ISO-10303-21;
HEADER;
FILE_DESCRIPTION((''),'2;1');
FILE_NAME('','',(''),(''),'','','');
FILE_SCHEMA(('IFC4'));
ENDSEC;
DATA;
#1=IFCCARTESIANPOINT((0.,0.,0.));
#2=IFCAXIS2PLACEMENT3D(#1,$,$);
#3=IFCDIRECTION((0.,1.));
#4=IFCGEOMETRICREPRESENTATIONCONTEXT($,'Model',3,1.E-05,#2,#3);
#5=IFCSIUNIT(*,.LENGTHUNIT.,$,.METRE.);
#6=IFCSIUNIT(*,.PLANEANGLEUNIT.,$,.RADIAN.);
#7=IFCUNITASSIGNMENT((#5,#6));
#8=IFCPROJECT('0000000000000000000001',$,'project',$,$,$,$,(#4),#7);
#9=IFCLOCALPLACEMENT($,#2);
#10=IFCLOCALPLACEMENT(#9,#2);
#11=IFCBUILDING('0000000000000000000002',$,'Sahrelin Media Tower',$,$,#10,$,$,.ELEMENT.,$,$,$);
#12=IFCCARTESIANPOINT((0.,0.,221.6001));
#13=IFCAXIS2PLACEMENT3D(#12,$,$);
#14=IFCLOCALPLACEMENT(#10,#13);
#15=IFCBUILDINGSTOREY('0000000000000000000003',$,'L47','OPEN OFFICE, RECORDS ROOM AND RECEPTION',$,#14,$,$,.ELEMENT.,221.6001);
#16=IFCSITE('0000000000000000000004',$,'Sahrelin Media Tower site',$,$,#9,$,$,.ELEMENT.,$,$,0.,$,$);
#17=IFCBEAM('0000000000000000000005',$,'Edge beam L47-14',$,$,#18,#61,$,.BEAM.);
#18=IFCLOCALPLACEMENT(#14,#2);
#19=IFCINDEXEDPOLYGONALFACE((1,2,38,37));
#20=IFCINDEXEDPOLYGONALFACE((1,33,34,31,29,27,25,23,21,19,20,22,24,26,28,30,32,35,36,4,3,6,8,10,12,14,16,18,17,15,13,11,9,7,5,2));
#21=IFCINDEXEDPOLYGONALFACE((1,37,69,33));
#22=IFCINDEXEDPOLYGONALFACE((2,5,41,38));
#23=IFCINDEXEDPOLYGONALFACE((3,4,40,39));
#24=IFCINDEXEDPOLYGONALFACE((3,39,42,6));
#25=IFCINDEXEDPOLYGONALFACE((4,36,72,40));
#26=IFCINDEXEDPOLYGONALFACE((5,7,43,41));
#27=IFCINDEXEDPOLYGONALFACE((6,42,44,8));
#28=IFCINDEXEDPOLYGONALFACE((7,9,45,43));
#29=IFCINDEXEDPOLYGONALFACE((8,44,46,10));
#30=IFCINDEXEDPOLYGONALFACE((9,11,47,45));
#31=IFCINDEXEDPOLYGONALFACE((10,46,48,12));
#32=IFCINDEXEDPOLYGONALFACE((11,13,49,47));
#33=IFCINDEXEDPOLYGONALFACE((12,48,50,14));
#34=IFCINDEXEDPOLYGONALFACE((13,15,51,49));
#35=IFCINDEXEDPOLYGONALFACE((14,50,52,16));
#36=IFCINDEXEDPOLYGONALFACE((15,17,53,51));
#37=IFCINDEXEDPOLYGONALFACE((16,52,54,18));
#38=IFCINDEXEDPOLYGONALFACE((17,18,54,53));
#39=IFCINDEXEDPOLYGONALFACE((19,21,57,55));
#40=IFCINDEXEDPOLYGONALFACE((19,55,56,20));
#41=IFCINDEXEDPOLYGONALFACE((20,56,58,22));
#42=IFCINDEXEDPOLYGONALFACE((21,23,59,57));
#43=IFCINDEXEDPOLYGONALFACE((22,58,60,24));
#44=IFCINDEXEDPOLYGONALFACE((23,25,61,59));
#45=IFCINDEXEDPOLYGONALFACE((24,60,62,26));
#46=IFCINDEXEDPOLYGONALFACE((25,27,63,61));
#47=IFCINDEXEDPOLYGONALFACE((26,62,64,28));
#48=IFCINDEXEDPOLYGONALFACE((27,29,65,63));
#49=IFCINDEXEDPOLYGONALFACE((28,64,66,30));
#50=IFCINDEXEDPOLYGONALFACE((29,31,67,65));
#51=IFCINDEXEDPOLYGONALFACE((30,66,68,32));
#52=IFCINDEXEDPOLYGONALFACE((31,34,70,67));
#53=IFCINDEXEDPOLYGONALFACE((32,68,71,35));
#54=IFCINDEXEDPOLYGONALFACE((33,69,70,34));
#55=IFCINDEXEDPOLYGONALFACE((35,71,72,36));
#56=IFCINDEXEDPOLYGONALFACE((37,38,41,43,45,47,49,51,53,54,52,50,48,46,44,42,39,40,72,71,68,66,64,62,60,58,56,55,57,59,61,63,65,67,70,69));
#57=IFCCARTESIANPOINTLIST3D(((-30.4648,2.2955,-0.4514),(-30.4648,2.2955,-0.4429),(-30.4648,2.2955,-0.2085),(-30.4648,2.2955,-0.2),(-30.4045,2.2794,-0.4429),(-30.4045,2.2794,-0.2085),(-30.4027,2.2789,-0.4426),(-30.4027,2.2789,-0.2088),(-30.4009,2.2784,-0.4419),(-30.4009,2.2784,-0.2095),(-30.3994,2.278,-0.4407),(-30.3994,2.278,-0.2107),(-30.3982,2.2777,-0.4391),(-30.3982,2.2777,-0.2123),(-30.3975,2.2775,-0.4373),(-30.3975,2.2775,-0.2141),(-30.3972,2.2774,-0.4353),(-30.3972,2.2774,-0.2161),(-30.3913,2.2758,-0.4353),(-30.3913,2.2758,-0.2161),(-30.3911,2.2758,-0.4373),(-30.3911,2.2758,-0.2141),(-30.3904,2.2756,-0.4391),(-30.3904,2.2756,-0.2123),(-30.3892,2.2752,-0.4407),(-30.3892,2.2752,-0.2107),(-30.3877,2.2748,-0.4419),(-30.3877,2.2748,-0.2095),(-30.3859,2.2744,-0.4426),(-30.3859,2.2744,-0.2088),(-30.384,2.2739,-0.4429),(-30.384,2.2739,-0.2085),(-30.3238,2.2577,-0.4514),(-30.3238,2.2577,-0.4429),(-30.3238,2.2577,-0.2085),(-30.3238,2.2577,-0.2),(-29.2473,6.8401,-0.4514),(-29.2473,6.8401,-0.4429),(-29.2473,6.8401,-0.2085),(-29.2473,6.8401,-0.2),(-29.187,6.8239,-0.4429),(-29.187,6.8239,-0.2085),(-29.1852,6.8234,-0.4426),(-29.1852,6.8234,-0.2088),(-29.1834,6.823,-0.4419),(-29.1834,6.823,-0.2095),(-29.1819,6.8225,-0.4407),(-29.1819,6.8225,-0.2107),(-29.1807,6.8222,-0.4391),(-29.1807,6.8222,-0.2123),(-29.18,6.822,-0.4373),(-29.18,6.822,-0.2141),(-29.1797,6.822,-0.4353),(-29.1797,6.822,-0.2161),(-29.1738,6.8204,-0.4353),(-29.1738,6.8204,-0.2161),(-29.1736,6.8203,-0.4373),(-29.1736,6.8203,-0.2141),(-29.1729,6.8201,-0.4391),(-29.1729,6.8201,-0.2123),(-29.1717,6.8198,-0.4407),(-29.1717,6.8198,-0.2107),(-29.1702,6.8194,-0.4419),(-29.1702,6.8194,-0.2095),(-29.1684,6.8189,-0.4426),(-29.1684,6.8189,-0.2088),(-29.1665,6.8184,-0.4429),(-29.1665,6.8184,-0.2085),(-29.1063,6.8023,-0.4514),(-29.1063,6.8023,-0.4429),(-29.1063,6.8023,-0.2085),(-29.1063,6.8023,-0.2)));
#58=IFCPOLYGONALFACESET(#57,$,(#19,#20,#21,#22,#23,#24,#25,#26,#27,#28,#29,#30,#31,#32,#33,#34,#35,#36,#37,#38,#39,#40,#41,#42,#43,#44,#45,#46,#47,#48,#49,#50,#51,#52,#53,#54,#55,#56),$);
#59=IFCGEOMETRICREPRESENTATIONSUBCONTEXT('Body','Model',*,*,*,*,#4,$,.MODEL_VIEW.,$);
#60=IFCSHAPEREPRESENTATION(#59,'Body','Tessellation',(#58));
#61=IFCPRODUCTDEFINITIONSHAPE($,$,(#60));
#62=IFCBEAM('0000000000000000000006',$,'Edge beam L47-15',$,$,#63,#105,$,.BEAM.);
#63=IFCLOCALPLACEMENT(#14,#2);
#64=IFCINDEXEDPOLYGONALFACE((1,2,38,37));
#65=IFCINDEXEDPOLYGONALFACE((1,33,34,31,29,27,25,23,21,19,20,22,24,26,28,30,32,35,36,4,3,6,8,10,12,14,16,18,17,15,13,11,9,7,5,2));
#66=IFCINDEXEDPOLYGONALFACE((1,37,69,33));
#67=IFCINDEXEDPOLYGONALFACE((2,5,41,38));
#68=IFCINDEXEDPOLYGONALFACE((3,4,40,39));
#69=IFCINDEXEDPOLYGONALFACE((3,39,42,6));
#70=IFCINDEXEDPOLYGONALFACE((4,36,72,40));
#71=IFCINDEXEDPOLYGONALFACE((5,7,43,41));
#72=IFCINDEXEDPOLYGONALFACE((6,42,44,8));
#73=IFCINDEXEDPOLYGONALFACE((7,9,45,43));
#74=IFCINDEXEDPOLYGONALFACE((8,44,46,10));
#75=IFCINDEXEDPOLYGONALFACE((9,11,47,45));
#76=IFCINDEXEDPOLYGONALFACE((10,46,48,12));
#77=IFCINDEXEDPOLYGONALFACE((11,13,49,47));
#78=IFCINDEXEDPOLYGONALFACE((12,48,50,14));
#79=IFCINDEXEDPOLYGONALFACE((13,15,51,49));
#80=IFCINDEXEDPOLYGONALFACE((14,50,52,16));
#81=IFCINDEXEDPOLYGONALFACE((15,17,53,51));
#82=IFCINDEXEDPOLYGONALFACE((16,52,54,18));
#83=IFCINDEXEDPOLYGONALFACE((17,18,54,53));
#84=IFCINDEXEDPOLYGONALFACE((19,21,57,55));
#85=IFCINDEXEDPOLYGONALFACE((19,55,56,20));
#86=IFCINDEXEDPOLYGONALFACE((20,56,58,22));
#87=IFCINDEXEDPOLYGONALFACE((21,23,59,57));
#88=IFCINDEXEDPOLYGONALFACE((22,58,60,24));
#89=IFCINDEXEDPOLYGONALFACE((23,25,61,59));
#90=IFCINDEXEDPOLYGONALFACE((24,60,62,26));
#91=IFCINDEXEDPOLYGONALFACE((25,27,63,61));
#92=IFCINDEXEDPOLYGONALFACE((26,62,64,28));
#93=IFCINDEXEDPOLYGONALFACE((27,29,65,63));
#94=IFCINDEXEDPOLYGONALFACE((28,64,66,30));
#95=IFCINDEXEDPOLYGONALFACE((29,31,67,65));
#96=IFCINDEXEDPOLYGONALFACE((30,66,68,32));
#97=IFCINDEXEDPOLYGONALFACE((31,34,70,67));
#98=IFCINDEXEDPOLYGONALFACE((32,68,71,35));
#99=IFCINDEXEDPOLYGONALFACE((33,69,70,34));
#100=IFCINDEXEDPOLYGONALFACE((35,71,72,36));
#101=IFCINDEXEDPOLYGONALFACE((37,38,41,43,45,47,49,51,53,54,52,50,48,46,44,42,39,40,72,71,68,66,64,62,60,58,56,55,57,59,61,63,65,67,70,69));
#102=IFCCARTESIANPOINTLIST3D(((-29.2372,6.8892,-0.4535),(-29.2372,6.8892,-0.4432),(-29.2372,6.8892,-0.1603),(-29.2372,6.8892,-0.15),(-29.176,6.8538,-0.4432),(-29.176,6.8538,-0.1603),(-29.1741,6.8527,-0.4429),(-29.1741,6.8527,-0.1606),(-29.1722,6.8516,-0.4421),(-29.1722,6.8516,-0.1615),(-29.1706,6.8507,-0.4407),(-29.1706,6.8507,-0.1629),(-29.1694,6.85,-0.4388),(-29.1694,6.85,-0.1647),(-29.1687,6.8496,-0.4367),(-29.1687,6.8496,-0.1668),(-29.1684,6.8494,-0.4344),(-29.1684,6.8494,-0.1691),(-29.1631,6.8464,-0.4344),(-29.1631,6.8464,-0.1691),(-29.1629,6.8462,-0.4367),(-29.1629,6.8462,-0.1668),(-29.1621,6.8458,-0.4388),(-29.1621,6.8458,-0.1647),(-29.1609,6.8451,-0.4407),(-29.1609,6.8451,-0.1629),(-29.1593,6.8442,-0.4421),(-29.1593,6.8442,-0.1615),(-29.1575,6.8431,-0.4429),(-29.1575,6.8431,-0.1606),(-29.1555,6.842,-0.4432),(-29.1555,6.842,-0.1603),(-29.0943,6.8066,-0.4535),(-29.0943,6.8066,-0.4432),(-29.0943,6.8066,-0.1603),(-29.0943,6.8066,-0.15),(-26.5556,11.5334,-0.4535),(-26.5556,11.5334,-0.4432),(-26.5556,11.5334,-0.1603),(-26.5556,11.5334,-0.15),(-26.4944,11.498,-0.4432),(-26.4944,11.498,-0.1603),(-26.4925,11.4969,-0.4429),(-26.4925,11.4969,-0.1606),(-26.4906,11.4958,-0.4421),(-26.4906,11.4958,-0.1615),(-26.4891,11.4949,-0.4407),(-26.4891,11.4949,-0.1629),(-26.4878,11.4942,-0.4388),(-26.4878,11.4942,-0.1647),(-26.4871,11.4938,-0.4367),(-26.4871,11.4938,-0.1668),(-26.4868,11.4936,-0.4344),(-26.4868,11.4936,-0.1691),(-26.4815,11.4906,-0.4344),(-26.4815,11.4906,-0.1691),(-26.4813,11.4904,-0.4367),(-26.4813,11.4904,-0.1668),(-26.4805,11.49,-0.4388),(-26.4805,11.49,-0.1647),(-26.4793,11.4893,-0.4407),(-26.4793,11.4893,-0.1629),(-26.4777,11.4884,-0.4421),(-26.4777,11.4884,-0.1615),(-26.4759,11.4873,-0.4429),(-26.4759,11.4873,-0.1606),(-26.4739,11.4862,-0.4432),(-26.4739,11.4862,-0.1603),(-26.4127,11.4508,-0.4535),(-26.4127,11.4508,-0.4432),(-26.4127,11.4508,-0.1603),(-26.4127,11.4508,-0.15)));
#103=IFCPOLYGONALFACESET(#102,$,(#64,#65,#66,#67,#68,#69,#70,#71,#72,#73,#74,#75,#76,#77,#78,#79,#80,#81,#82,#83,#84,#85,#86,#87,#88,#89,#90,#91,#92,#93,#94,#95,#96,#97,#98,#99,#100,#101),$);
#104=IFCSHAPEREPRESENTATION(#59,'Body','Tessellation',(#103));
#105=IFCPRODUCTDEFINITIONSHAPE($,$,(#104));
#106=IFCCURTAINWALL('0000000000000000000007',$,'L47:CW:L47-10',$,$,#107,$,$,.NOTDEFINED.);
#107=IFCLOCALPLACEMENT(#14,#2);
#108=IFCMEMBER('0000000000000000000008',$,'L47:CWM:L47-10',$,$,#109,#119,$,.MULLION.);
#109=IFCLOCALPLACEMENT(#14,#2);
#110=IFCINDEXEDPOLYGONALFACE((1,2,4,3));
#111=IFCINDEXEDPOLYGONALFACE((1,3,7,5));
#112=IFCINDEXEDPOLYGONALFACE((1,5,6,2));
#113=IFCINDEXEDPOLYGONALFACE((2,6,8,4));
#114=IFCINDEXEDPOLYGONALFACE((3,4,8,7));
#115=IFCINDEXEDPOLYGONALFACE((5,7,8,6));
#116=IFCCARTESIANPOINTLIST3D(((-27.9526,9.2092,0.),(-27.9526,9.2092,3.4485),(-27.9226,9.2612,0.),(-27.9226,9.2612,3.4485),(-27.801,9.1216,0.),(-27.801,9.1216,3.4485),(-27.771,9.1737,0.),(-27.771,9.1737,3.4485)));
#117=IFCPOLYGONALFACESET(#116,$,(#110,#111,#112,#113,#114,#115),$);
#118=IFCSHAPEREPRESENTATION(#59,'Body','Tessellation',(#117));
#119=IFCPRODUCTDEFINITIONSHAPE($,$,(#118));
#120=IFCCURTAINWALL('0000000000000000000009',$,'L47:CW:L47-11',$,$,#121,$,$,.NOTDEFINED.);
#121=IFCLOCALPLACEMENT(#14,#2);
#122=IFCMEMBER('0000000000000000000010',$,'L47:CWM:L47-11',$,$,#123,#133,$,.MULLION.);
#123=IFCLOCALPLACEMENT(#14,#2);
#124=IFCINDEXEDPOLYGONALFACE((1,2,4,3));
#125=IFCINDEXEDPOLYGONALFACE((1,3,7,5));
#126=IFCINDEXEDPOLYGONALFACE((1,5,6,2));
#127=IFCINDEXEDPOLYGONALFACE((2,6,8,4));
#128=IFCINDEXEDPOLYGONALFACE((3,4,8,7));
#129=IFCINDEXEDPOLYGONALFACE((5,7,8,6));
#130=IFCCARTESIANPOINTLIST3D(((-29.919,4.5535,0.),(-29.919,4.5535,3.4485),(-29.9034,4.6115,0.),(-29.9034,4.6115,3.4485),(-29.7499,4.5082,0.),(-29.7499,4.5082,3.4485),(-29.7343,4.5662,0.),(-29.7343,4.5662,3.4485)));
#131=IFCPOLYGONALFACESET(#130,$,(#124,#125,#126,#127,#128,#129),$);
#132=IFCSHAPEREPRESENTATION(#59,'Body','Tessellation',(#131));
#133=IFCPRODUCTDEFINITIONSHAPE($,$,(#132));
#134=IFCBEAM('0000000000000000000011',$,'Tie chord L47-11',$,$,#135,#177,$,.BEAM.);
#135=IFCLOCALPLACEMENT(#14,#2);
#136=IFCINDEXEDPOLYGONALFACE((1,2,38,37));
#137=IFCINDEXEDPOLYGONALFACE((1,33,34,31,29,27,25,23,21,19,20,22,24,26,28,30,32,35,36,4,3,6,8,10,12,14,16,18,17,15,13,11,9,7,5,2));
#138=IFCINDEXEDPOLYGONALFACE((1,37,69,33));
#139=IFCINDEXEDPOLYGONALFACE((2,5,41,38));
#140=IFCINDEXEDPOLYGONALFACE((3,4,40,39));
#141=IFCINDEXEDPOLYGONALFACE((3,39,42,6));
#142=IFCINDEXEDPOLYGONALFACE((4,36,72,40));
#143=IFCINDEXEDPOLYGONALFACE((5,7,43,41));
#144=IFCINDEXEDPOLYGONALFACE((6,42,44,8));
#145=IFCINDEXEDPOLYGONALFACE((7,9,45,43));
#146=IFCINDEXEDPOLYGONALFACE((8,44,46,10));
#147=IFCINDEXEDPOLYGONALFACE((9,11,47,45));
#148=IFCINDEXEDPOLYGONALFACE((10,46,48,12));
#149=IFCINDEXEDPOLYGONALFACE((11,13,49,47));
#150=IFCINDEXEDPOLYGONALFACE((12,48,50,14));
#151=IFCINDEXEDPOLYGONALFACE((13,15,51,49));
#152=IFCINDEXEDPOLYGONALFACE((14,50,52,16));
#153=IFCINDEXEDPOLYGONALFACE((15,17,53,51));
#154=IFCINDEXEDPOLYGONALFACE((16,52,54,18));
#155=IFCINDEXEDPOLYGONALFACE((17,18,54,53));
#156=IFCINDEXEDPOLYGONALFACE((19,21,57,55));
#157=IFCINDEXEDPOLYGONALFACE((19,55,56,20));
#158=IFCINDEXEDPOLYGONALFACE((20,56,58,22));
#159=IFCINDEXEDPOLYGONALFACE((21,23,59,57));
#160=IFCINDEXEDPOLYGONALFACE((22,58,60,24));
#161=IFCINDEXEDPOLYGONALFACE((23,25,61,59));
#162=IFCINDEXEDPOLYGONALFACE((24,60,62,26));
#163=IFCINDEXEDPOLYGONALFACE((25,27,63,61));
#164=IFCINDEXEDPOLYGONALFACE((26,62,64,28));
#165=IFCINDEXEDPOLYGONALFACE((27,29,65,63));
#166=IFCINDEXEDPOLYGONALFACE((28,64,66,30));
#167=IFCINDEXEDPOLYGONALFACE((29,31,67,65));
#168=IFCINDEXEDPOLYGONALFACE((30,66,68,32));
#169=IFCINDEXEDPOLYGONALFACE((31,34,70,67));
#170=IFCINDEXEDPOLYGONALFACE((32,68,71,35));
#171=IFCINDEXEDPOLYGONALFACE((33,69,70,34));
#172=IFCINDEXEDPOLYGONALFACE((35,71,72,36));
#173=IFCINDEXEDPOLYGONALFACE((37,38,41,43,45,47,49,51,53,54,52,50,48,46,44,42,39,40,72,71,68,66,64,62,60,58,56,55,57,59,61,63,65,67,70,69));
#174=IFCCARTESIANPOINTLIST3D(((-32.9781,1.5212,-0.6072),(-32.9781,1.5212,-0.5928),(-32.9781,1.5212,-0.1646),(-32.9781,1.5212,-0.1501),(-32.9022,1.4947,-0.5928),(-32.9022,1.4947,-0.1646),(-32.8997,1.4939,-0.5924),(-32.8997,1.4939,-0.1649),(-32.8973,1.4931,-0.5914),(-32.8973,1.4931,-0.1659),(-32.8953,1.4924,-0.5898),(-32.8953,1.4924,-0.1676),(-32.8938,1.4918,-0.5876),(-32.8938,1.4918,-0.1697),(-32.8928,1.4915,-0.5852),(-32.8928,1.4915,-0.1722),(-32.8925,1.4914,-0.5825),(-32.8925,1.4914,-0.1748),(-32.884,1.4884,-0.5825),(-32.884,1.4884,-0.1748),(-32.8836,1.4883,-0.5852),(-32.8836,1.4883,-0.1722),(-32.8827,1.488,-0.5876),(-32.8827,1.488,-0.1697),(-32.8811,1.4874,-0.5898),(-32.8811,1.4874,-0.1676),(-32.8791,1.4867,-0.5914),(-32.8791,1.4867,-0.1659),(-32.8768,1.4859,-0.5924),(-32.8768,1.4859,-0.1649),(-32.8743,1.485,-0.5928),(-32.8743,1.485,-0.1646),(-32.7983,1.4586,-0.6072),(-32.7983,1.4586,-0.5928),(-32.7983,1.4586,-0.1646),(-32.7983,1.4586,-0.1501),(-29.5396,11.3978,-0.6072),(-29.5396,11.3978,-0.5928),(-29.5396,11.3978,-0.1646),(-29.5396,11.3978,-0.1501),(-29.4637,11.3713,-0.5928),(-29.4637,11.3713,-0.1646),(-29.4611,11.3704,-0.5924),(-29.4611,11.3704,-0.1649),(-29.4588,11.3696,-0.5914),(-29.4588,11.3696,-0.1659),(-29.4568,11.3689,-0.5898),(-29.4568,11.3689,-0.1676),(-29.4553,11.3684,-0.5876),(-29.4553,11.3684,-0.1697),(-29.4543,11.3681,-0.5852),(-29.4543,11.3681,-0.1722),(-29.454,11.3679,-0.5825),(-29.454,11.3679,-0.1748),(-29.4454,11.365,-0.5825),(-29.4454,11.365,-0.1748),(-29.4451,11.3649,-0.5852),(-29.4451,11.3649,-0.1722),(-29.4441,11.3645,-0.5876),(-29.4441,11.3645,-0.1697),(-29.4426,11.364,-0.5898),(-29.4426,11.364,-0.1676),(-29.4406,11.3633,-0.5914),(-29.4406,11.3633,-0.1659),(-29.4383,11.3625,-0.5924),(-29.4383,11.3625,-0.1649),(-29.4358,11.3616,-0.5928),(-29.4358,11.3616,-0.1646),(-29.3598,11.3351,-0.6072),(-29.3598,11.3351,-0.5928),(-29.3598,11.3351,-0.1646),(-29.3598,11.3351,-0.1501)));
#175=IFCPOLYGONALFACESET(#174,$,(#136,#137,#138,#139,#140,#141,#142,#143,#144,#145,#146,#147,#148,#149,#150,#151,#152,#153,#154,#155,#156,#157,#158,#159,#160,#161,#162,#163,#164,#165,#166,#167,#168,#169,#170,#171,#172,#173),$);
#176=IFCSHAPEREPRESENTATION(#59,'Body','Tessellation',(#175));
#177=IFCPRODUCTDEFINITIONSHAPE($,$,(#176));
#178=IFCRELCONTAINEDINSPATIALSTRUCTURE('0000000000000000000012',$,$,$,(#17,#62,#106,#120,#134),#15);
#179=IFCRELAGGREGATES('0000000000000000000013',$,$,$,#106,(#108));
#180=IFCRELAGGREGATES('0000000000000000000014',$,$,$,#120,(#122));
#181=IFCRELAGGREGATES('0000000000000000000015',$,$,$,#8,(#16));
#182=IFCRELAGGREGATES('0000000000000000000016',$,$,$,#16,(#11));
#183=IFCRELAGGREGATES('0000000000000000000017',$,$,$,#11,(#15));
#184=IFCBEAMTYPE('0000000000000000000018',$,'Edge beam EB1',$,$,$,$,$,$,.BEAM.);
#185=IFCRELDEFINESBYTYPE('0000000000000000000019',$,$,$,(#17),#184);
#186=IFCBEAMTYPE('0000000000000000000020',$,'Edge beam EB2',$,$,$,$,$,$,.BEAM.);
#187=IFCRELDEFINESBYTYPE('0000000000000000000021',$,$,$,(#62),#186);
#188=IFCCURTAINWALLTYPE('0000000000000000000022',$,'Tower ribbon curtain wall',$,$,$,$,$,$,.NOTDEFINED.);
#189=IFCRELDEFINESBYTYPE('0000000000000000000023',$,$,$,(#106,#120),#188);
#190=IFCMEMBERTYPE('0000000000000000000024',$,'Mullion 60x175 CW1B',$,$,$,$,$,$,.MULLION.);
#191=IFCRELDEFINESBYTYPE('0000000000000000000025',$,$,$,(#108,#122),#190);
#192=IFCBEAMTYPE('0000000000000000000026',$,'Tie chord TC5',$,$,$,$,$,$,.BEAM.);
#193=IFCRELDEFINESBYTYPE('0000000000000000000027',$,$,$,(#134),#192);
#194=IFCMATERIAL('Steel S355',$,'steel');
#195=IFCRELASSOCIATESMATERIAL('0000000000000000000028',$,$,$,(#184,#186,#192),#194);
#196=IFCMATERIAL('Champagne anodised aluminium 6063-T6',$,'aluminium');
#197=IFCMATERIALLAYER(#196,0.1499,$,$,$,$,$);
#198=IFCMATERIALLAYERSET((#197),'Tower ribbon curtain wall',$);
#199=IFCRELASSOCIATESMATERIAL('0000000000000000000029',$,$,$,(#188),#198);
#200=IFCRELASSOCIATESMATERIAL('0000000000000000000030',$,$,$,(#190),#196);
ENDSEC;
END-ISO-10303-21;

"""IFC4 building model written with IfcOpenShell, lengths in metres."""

from ifc_helpers import new_model, si_unit, direction, frame, origin, origin_2d, place, context, subcontext, project, spatial, rectangle, i_section, extrude, material, layer, layer_set, material_profile, profile_set, type_object, element, aggregate, save


model = new_model("IFC4")

# Units and contexts
model_context = context("Model", 3, precision=1e-05, world=origin(), true_north=direction((0.0, 1.0)))
body_context = subcontext(model_context, "Body", "Model", "MODEL_VIEW")
ifc_project = project(units=[si_unit("LENGTHUNIT", "METRE"), si_unit("PLANEANGLEUNIT", "RADIAN")], contexts=[model_context])

# Site, building, storey
site_placement = place(None, origin())
site = spatial("IfcSite", under=ifc_project, at=site_placement, Name="Sahrelin Media Tower site", CompositionType="ELEMENT", RefElevation=0.0)
building_placement = place(site_placement, origin())
building = spatial("IfcBuilding", under=site, at=building_placement, Name="Sahrelin Media Tower", CompositionType="ELEMENT")
storey_placement = place(building_placement, frame((0.0, 0.0, 221.6001)))
storey = spatial("IfcBuildingStorey", under=building, at=storey_placement, Name="L47", Description="OPEN OFFICE, RECORDS ROOM AND RECEPTION", CompositionType="ELEMENT", Elevation=221.6001)

# Beams
ifc_material_1 = material(Name="Steel S355", Category="steel")
ifc_material_profile_1 = material_profile(ifc_material_1, i_section(OverallWidth=0.146, OverallDepth=0.2515, WebThickness=0.0061, FlangeThickness=0.0085, FilletRadius=0.0076, at=origin_2d()), Name="UB 254x146x31")
ifc_profile_set_1 = profile_set([ifc_material_profile_1], Name="Steel S355")
beam_type_1 = type_object("IfcBeamType", Name="Edge beam EB1", PredefinedType="BEAM", material=ifc_profile_set_1)
beam_1_placement = place(storey_placement, frame((-30.3943, 2.2766, -0.3257), z_axis=(0.258777, 0.965937, 0.0), x_axis=(-0.965937, 0.258777, 0.0)))
element("IfcBeam", 1, at=beam_1_placement, inside=storey, type_object=beam_type_1, Name="Edge beam L47-14", PredefinedType="BEAM", context=body_context, shape_type="SweptSolid", body=[
    extrude(i_section(OverallWidth=0.146, OverallDepth=0.2515, WebThickness=0.0061, FlangeThickness=0.0085, FilletRadius=0.0076, at=origin_2d()), origin(), (0.0, 0.0, 1.0), 4.7048),
])
ifc_material_profile_2 = material_profile(ifc_material_1, i_section(OverallWidth=0.165, OverallDepth=0.3035, WebThickness=0.0061, FlangeThickness=0.0103, FilletRadius=0.0088, at=origin_2d()), Name="UB 305x165x40")
ifc_profile_set_2 = profile_set([ifc_material_profile_2], Name="Steel S355")
beam_type_2 = type_object("IfcBeamType", Name="Edge beam EB2", PredefinedType="BEAM", material=ifc_profile_set_2)
beam_2_placement = place(storey_placement, frame((-29.1658, 6.8479, -0.3018), z_axis=(0.500036, 0.866004, 0.0), x_axis=(-0.866004, 0.500036, 0.0)))
element("IfcBeam", 2, at=beam_2_placement, inside=storey, type_object=beam_type_2, Name="Edge beam L47-15", PredefinedType="BEAM", context=body_context, shape_type="SweptSolid", body=[
    extrude(i_section(OverallWidth=0.165, OverallDepth=0.3035, WebThickness=0.0061, FlangeThickness=0.0103, FilletRadius=0.0088, at=origin_2d()), origin(), (0.0, 0.0, 1.0), 5.3628),
])

# Curtain walls, members
ifc_material_2 = material(Name="Champagne anodised aluminium 6063-T6", Category="aluminium")
ifc_layer_1 = layer(ifc_material_2, 0.1499)
ifc_layer_set_1 = layer_set([ifc_layer_1], Name="Tower ribbon curtain wall")
curtain_wall_type = type_object("IfcCurtainWallType", Name="Tower ribbon curtain wall", PredefinedType="NOTDEFINED", material=ifc_layer_set_1)
curtain_wall_1_placement = place(storey_placement, frame((-27.9548, 9.2451, 0.0), z_axis=(0.0, 0.0, 1.0), x_axis=(1.0, 0.0, 0.0)))
curtain_wall_1 = element("IfcCurtainWall", 3, at=curtain_wall_1_placement, inside=storey, type_object=curtain_wall_type, Name="L47:CW:L47-10", PredefinedType="NOTDEFINED")
ifc_material_profile_3 = material_profile(ifc_material_2, rectangle(XDim=0.0601, YDim=0.175, at=origin_2d()), Name="Mullion 60x175")
ifc_profile_set_3 = profile_set([ifc_material_profile_3], Name="Champagne anodised aluminium 6063-T6")
member_type_1 = type_object("IfcMemberType", Name="Mullion 60x175 CW1B", PredefinedType="MULLION", material=ifc_profile_set_3)
member_1_placement = place(storey_placement, frame((-27.8618, 9.1914, 0.0), z_axis=(0.0, 0.0, 1.0), x_axis=(-0.5, -0.866025, 0.0)))
member_1 = element("IfcMember", 4, at=member_1_placement, type_object=member_type_1, Name="L47:CWM:L47-10", PredefinedType="MULLION", context=body_context, shape_type="SweptSolid", body=[
    extrude(rectangle(XDim=0.0601, YDim=0.175, at=origin_2d()), origin(), (0.0, 0.0, 1.0), 3.4485),
])
aggregate(curtain_wall_1, [member_1])
curtain_wall_2_placement = place(storey_placement, frame((-29.9304, 4.5876, 0.0), z_axis=(0.0, 0.0, 1.0), x_axis=(1.0, 0.0, 0.0)))
curtain_wall_2 = element("IfcCurtainWall", 5, at=curtain_wall_2_placement, inside=storey, type_object=curtain_wall_type, Name="L47:CW:L47-11", PredefinedType="NOTDEFINED")
member_2_placement = place(storey_placement, frame((-29.8267, 4.5598, 0.0), z_axis=(0.0, 0.0, 1.0), x_axis=(-0.258822, -0.965925, 0.0)))
member_2 = element("IfcMember", 6, at=member_2_placement, type_object=member_type_1, Name="L47:CWM:L47-11", PredefinedType="MULLION", context=body_context, shape_type="SweptSolid", body=[
    extrude(rectangle(XDim=0.0601, YDim=0.175, at=origin_2d()), origin(), (0.0, 0.0, 1.0), 3.4485),
])

# Beam
ifc_material_profile_4 = material_profile(ifc_material_1, i_section(OverallWidth=0.1904, OverallDepth=0.457, WebThickness=0.009, FlangeThickness=0.0144, FilletRadius=0.0103, at=origin_2d()), Name="UB 457x191x74")
ifc_profile_set_4 = profile_set([ifc_material_profile_4], Name="Steel S355")
beam_type_3 = type_object("IfcBeamType", Name="Tie chord TC5", PredefinedType="BEAM", material=ifc_profile_set_4)
beam_3_placement = place(storey_placement, frame((-29.4497, 11.3665, -0.3787), z_axis=(-0.328792, -0.944402, 0.0), x_axis=(0.944402, -0.328792, 0.0)))
element("IfcBeam", 7, at=beam_3_placement, inside=storey, type_object=beam_type_3, Name="Tie chord L47-11", PredefinedType="BEAM", context=body_context, shape_type="SweptSolid", body=[
    extrude(i_section(OverallWidth=0.1904, OverallDepth=0.457, WebThickness=0.009, FlangeThickness=0.0144, FilletRadius=0.0103, at=origin_2d()), origin(), (0.0, 0.0, 1.0), 10.458),
])

aggregate(curtain_wall_2, [member_2])

save(model, "model.ifc")
